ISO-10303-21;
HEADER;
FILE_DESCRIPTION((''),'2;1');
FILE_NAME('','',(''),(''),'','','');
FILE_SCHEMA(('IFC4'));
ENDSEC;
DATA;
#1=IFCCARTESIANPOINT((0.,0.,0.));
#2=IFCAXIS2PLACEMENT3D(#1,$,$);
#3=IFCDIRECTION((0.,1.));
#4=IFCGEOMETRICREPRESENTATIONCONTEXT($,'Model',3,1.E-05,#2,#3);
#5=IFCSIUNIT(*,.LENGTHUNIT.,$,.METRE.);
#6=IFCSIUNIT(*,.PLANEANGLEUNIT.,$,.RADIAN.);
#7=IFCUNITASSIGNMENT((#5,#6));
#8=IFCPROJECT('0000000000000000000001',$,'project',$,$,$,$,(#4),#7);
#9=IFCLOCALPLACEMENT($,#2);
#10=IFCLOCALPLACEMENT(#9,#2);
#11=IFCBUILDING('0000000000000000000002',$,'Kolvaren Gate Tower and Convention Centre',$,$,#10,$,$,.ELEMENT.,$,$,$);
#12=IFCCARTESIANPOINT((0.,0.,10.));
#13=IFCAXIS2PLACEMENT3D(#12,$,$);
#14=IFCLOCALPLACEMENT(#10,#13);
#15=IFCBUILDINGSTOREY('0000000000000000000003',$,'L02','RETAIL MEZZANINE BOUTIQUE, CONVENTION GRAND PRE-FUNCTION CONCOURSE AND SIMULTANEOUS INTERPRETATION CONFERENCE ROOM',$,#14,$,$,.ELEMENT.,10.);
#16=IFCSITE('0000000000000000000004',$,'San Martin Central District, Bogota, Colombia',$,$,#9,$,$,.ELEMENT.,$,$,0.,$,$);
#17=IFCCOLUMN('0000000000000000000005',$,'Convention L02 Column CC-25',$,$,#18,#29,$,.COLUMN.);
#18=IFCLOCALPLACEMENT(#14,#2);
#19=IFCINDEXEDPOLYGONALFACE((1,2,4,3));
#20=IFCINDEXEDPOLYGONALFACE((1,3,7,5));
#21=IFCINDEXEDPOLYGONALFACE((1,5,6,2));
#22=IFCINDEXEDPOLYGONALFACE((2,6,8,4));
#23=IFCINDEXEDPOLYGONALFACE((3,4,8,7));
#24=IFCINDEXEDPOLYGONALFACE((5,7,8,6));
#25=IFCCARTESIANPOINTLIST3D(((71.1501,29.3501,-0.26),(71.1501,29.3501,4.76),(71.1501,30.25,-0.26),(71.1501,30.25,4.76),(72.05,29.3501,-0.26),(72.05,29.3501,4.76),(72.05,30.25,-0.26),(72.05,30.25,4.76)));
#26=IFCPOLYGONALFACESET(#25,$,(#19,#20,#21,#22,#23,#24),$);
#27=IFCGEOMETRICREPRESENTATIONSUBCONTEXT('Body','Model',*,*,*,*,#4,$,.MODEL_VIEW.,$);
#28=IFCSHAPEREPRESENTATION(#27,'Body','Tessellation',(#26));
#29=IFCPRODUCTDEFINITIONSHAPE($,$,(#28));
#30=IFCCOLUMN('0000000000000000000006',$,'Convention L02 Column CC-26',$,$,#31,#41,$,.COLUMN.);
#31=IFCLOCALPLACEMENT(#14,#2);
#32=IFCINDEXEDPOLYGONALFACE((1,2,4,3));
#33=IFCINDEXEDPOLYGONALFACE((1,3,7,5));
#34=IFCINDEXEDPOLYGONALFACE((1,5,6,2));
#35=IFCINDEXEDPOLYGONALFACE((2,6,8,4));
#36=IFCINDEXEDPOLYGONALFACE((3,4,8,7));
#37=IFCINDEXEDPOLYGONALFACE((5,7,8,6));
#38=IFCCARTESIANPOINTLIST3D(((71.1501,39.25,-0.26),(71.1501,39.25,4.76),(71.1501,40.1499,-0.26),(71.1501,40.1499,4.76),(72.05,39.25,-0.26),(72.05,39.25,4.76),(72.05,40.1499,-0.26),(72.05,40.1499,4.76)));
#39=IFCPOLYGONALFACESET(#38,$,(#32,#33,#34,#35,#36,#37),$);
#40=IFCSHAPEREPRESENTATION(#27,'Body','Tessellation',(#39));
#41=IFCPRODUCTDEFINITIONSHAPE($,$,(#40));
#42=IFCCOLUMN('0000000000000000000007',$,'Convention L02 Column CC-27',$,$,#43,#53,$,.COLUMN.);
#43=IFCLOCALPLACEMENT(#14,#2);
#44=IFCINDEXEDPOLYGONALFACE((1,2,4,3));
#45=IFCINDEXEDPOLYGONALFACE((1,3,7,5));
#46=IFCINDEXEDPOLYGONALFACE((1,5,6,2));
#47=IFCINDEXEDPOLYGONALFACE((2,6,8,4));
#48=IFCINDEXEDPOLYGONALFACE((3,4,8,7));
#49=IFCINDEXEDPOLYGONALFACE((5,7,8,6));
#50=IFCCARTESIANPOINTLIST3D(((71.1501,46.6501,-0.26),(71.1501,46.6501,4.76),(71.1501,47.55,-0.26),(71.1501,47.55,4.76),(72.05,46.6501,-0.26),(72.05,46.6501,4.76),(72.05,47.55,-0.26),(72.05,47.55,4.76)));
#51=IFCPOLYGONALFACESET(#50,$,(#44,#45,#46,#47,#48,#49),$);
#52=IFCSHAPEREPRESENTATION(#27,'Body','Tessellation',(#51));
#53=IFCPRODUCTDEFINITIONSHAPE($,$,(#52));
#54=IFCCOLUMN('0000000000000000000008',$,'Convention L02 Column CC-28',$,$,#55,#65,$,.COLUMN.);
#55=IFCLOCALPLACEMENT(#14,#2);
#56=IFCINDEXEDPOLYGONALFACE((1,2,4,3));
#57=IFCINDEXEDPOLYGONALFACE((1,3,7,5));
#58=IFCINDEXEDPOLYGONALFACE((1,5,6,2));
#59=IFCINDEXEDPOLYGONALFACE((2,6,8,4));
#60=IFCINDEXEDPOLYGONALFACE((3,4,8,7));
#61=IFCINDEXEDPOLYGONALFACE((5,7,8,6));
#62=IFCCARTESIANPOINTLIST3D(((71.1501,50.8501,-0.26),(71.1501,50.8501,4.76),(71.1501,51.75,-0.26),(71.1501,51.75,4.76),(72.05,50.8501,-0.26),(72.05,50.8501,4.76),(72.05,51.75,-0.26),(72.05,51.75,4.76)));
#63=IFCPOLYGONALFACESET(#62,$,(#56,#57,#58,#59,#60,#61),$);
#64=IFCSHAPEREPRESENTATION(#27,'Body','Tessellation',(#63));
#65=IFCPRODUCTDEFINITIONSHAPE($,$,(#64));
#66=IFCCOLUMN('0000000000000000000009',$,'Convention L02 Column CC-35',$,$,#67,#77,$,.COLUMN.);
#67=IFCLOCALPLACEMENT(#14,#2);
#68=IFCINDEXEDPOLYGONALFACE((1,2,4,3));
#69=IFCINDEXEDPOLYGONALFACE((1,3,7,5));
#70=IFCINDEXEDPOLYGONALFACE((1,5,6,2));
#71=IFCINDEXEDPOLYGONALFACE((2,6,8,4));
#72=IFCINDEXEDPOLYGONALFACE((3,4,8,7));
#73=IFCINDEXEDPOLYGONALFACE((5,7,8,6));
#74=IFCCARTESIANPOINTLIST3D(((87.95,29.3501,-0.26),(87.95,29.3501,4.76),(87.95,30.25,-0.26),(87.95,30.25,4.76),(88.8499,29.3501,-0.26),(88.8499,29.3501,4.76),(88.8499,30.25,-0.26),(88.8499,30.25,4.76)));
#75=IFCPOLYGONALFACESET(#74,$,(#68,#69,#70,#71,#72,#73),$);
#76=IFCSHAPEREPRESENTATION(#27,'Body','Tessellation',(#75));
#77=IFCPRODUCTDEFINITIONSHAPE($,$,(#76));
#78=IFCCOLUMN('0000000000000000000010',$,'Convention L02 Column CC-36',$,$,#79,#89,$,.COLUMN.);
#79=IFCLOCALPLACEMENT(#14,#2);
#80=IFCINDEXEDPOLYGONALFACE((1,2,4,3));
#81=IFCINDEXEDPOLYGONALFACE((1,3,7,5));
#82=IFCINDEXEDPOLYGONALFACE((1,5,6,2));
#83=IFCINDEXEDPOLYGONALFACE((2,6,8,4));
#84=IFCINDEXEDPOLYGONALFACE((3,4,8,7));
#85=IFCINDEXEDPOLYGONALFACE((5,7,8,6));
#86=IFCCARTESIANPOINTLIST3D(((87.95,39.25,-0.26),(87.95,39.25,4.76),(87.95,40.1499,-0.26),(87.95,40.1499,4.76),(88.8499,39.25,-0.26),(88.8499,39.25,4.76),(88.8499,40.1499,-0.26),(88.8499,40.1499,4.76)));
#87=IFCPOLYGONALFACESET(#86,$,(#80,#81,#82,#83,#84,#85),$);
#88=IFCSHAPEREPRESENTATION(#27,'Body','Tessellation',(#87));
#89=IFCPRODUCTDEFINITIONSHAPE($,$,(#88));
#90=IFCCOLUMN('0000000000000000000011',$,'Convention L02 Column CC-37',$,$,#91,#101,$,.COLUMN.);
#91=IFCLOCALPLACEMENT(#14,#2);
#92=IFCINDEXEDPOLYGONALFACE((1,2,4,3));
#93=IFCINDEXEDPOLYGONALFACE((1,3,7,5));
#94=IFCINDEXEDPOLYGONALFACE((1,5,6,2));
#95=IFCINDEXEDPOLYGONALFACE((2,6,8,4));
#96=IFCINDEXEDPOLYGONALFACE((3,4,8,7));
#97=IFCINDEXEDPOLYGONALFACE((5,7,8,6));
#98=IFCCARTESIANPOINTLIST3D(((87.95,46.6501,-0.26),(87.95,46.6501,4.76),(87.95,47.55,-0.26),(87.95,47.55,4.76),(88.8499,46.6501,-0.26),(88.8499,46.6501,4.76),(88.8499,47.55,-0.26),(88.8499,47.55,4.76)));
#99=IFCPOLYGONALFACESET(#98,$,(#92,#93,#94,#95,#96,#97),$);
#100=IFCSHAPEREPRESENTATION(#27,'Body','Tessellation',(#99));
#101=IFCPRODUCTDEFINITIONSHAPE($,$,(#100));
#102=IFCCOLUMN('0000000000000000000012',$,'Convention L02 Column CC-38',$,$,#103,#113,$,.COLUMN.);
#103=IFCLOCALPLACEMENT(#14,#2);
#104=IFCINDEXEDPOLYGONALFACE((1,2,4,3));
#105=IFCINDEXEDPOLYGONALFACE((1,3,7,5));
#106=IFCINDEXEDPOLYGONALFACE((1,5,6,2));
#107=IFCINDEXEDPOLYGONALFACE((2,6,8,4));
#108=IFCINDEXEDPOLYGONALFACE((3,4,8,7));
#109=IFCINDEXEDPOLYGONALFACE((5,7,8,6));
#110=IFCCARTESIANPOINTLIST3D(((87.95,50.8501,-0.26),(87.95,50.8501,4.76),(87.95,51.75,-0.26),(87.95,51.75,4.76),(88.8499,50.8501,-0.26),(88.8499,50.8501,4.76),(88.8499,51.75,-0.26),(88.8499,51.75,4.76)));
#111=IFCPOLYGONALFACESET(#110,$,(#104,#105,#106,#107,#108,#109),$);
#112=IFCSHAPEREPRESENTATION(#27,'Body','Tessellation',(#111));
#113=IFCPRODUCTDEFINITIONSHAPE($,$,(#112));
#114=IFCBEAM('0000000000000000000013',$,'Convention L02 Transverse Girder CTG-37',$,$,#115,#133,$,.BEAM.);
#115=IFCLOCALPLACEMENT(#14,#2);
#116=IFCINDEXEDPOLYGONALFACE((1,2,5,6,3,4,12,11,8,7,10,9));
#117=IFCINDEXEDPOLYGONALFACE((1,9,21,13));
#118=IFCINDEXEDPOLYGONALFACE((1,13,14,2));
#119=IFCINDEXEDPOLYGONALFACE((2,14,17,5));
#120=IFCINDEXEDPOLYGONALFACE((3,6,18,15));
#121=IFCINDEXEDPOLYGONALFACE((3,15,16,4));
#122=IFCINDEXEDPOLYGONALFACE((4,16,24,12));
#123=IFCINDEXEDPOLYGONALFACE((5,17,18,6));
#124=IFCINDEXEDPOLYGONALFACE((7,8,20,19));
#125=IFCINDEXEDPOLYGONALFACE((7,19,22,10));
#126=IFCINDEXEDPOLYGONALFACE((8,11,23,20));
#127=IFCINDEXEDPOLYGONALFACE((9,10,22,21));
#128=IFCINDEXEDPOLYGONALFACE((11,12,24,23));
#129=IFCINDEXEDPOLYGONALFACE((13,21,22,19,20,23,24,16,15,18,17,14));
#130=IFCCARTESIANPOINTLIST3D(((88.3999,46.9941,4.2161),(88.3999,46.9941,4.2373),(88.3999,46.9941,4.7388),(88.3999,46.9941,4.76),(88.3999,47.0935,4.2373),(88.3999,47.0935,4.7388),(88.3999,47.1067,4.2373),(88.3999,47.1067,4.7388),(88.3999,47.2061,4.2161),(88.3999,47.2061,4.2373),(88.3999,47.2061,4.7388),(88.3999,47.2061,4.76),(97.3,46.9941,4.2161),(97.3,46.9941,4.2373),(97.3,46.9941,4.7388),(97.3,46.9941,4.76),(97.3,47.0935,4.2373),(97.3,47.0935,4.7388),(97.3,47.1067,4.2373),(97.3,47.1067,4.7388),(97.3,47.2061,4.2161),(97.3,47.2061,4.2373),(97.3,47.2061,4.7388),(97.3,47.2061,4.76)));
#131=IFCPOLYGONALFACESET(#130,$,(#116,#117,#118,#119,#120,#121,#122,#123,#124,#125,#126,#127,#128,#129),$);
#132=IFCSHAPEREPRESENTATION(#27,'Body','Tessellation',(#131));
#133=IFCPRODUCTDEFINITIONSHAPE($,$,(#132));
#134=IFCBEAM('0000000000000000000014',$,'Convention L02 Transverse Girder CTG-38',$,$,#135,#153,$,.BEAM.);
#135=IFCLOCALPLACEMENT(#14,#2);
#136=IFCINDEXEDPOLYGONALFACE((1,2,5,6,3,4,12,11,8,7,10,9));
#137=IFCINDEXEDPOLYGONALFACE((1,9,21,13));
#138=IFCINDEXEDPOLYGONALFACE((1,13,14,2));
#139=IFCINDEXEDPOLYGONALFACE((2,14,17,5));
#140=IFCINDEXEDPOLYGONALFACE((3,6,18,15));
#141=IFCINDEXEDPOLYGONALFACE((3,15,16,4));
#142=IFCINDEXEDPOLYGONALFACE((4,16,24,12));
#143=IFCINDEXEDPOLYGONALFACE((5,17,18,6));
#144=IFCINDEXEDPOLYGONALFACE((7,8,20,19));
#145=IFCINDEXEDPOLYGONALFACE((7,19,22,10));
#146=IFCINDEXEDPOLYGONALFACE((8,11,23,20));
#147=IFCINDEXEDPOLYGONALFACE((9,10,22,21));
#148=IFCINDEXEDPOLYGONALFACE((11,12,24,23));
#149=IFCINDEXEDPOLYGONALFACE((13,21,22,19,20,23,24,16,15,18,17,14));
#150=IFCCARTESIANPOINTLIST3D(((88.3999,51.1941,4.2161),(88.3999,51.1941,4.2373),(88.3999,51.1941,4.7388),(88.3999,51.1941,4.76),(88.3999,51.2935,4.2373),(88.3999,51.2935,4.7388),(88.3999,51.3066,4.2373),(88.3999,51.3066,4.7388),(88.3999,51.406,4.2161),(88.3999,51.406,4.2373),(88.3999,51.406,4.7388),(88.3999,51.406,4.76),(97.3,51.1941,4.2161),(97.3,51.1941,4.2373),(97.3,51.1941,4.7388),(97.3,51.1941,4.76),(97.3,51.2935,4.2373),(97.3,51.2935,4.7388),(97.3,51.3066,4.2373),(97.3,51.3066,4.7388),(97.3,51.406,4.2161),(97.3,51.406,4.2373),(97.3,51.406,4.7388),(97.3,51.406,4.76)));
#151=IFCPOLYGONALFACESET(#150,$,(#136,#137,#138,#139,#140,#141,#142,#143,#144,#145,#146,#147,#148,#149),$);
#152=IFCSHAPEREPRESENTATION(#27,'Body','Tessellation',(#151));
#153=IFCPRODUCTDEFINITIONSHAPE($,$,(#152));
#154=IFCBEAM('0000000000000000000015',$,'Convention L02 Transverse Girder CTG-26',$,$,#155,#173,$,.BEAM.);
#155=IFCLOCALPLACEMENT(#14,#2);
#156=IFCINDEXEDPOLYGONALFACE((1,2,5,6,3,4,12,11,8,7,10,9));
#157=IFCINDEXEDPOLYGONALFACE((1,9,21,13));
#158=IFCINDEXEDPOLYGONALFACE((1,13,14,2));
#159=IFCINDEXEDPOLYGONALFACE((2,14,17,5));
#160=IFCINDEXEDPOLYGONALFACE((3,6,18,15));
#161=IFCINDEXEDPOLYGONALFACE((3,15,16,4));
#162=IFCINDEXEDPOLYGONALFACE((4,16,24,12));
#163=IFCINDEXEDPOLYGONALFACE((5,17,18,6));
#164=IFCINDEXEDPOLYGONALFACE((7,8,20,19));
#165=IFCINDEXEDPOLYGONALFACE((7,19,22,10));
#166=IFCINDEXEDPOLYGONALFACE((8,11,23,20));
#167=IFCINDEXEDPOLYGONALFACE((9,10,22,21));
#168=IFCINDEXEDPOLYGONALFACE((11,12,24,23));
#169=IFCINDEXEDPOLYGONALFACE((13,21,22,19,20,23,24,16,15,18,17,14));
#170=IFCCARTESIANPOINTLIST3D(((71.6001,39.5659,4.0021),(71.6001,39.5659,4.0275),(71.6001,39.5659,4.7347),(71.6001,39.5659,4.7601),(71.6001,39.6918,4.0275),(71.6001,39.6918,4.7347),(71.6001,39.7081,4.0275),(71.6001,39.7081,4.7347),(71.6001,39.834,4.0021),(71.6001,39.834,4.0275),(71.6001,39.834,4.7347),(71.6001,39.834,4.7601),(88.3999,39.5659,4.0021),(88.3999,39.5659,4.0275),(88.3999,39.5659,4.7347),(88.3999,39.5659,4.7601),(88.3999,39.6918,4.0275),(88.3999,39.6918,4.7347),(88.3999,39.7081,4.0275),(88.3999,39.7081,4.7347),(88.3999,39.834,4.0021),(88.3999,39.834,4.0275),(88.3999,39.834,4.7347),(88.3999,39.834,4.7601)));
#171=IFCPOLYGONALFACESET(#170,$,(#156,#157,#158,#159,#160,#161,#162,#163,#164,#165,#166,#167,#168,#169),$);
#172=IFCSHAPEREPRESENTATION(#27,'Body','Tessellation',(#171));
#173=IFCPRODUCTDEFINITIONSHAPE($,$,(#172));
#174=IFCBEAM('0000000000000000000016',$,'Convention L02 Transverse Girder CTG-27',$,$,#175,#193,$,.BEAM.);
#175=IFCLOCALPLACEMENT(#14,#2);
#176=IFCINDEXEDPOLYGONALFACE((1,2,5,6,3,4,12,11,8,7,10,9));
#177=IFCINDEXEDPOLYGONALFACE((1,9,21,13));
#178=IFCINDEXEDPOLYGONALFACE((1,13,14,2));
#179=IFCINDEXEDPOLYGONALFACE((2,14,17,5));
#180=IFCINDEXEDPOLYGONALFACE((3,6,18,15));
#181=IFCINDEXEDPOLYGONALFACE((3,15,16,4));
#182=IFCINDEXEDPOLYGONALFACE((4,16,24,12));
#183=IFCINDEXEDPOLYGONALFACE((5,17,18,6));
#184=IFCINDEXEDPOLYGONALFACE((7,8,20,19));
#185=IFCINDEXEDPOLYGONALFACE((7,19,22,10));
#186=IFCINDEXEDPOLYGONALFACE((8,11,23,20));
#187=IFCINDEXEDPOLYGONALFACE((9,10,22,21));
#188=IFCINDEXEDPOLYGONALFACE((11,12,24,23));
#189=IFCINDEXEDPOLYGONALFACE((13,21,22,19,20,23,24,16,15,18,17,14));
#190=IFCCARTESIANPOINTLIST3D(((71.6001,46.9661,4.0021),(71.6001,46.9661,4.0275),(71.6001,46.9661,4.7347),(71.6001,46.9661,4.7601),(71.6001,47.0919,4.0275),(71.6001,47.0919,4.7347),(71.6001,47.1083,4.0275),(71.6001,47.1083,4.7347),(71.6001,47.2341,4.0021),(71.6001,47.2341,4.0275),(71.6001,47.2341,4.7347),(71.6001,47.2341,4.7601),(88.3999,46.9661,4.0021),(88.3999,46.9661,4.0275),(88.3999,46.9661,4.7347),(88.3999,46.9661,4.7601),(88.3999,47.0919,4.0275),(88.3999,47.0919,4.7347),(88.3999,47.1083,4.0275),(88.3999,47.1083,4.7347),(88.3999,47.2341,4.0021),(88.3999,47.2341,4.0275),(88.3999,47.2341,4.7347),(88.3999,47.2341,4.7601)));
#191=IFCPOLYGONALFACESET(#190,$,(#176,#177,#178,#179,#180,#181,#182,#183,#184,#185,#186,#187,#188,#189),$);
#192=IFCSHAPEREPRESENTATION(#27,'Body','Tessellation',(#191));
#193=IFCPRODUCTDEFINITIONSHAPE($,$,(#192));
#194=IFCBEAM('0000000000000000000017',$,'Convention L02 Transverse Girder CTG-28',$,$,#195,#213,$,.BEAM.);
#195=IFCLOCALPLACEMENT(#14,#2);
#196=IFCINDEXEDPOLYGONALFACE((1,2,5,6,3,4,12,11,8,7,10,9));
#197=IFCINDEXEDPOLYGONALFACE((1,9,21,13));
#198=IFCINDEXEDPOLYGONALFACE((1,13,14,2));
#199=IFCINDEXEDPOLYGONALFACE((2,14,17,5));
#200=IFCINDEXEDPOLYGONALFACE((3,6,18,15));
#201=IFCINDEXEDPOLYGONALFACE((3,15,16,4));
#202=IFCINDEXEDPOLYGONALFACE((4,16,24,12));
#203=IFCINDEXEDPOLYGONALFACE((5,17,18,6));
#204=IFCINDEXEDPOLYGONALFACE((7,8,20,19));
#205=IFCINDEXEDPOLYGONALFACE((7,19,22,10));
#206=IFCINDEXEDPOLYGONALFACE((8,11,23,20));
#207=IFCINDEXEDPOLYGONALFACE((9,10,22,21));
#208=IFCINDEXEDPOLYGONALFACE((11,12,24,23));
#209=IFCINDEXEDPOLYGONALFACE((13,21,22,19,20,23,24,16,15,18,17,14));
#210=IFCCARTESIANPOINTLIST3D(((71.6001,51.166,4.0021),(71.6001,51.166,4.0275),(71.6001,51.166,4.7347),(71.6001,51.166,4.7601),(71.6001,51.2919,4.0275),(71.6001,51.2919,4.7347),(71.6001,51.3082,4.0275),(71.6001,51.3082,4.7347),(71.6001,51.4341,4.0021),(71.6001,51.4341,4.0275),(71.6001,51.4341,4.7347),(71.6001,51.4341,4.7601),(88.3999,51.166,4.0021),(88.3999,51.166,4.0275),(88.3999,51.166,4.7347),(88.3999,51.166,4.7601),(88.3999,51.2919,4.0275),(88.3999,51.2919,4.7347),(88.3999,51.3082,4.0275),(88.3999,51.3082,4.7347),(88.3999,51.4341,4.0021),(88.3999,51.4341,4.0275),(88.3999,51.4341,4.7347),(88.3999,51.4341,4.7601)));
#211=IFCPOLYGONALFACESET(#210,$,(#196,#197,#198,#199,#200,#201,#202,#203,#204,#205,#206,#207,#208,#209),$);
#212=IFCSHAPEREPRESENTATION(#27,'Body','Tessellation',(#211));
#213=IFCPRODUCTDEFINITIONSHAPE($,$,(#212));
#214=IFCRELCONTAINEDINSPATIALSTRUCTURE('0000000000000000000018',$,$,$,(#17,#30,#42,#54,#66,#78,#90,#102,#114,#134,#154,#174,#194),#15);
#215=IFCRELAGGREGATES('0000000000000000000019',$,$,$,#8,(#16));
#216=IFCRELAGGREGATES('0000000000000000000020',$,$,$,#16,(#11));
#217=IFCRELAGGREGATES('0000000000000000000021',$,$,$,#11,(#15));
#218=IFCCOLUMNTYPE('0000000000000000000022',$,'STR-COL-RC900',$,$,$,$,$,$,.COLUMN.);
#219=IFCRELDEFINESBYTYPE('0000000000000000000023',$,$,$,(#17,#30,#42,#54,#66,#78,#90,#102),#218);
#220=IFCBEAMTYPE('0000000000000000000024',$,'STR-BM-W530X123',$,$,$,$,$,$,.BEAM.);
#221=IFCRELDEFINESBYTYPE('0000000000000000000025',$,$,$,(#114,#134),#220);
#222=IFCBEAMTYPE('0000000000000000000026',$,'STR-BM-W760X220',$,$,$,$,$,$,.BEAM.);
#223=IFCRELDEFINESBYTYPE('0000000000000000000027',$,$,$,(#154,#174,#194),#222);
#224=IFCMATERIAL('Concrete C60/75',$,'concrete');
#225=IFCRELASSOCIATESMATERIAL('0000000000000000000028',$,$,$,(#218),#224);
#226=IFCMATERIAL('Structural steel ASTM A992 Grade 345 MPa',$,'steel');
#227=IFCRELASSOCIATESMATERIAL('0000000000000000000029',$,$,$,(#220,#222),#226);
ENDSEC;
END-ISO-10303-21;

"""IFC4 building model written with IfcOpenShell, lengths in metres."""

from ifc_helpers import new_model, si_unit, direction, frame, origin, origin_2d, place, context, subcontext, project, spatial, rectangle, i_section, extrude, material, material_profile, profile_set, type_object, element, save


model = new_model("IFC4")

# Units and contexts
model_context = context("Model", 3, precision=1e-05, world=origin(), true_north=direction((0.0, 1.0)))
body_context = subcontext(model_context, "Body", "Model", "MODEL_VIEW")
ifc_project = project(units=[si_unit("LENGTHUNIT", "METRE"), si_unit("PLANEANGLEUNIT", "RADIAN")], contexts=[model_context])

# Site, building, storey
site_placement = place(None, origin())
site = spatial("IfcSite", under=ifc_project, at=site_placement, Name="San Martin Central District, Bogota, Colombia", CompositionType="ELEMENT", RefElevation=0.0)
building_placement = place(site_placement, origin())
building = spatial("IfcBuilding", under=site, at=building_placement, Name="Kolvaren Gate Tower and Convention Centre", CompositionType="ELEMENT")
storey_placement = place(building_placement, frame((0.0, 0.0, 10.0)))
storey = spatial("IfcBuildingStorey", under=building, at=storey_placement, Name="L02", Description="RETAIL MEZZANINE BOUTIQUE, CONVENTION GRAND PRE-FUNCTION CONCOURSE AND SIMULTANEOUS INTERPRETATION CONFERENCE ROOM", CompositionType="ELEMENT", Elevation=10.0)

# Columns
ifc_material_1 = material(Name="Concrete C60/75", Category="concrete")
ifc_material_profile_1 = material_profile(ifc_material_1, rectangle(XDim=0.8999, YDim=0.8999, at=origin_2d()), Name="RC-COL-900X900")
ifc_profile_set_1 = profile_set([ifc_material_profile_1], Name="Concrete C60/75")
column_type = type_object("IfcColumnType", Name="STR-COL-RC900", PredefinedType="COLUMN", material=ifc_profile_set_1)
for number, where, z_axis, x_axis, name in (
    (1, (71.6001, 29.8, -0.26), (0.0, 0.0, 1.0), (1.0, 0.0, 0.0), "Convention L02 Column CC-25"),
    (2, (71.6001, 39.7, -0.26), (0.0, 0.0, 1.0), (1.0, 0.0, 0.0), "Convention L02 Column CC-26"),
    (3, (71.6001, 47.1001, -0.26), (0.0, 0.0, 1.0), (1.0, 0.0, 0.0), "Convention L02 Column CC-27"),
    (4, (71.6001, 51.3, -0.26), (0.0, 0.0, 1.0), (1.0, 0.0, 0.0), "Convention L02 Column CC-28"),
    (5, (88.3999, 29.8, -0.26), (0.0, 0.0, 1.0), (1.0, 0.0, 0.0), "Convention L02 Column CC-35"),
    (6, (88.3999, 39.7, -0.26), (0.0, 0.0, 1.0), (1.0, 0.0, 0.0), "Convention L02 Column CC-36"),
    (7, (88.3999, 47.1001, -0.26), (0.0, 0.0, 1.0), (1.0, 0.0, 0.0), "Convention L02 Column CC-37"),
    (8, (88.3999, 51.3, -0.26), (0.0, 0.0, 1.0), (1.0, 0.0, 0.0), "Convention L02 Column CC-38"),
):
    element("IfcColumn", number, at=place(storey_placement, frame(where, z_axis=z_axis, x_axis=x_axis)), inside=storey, type_object=column_type, Name=name, PredefinedType="COLUMN", context=body_context, shape_type="SweptSolid", body=[
        extrude(rectangle(XDim=0.8999, YDim=0.8999, at=origin_2d()), origin(), (0.0, 0.0, 1.0), 5.02),
    ])

# Beams
ifc_material_2 = material(Name="Structural steel ASTM A992 Grade 345 MPa", Category="steel")
ifc_material_profile_2 = material_profile(ifc_material_2, i_section(OverallWidth=0.2119, OverallDepth=0.5439, WebThickness=0.0132, FlangeThickness=0.0212, at=origin_2d()), Name="W530X123")
ifc_profile_set_2 = profile_set([ifc_material_profile_2], Name="Structural steel ASTM A992 Grade 345 MPa")
beam_type_1 = type_object("IfcBeamType", Name="STR-BM-W530X123", PredefinedType="BEAM", material=ifc_profile_set_2)
for number, where, z_axis, x_axis, name in (
    (9, (88.3999, 47.1001, 4.488), (1.0, 0.0, 0.0), (0.0, 1.0, 0.0), "Convention L02 Transverse Girder CTG-37"),
    (10, (88.3999, 51.3, 4.488), (1.0, 0.0, 0.0), (0.0, 1.0, 0.0), "Convention L02 Transverse Girder CTG-38"),
):
    element("IfcBeam", number, at=place(storey_placement, frame(where, z_axis=z_axis, x_axis=x_axis)), inside=storey, type_object=beam_type_1, Name=name, PredefinedType="BEAM", context=body_context, shape_type="SweptSolid", body=[
        extrude(i_section(OverallWidth=0.2119, OverallDepth=0.5439, WebThickness=0.0132, FlangeThickness=0.0212, at=origin_2d()), origin(), (0.0, 0.0, 1.0), 8.9001),
    ])
ifc_material_profile_3 = material_profile(ifc_material_2, i_section(OverallWidth=0.2681, OverallDepth=0.7581, WebThickness=0.0164, FlangeThickness=0.0254, at=origin_2d()), Name="W760X220")
ifc_profile_set_3 = profile_set([ifc_material_profile_3], Name="Structural steel ASTM A992 Grade 345 MPa")
beam_type_2 = type_object("IfcBeamType", Name="STR-BM-W760X220", PredefinedType="BEAM", material=ifc_profile_set_3)
for number, where, z_axis, x_axis, name in (
    (11, (71.6001, 39.7, 4.3811), (1.0, 0.0, 0.0), (0.0, 1.0, 0.0), "Convention L02 Transverse Girder CTG-26"),
    (12, (71.6001, 47.1001, 4.3811), (1.0, 0.0, 0.0), (0.0, 1.0, 0.0), "Convention L02 Transverse Girder CTG-27"),
    (13, (71.6001, 51.3, 4.3811), (1.0, 0.0, 0.0), (0.0, 1.0, 0.0), "Convention L02 Transverse Girder CTG-28"),
):
    element("IfcBeam", number, at=place(storey_placement, frame(where, z_axis=z_axis, x_axis=x_axis)), inside=storey, type_object=beam_type_2, Name=name, PredefinedType="BEAM", context=body_context, shape_type="SweptSolid", body=[
        extrude(i_section(OverallWidth=0.2681, OverallDepth=0.7581, WebThickness=0.0164, FlangeThickness=0.0254, at=origin_2d()), origin(), (0.0, 0.0, 1.0), 16.7998),
    ])

save(model, "model.ifc")
